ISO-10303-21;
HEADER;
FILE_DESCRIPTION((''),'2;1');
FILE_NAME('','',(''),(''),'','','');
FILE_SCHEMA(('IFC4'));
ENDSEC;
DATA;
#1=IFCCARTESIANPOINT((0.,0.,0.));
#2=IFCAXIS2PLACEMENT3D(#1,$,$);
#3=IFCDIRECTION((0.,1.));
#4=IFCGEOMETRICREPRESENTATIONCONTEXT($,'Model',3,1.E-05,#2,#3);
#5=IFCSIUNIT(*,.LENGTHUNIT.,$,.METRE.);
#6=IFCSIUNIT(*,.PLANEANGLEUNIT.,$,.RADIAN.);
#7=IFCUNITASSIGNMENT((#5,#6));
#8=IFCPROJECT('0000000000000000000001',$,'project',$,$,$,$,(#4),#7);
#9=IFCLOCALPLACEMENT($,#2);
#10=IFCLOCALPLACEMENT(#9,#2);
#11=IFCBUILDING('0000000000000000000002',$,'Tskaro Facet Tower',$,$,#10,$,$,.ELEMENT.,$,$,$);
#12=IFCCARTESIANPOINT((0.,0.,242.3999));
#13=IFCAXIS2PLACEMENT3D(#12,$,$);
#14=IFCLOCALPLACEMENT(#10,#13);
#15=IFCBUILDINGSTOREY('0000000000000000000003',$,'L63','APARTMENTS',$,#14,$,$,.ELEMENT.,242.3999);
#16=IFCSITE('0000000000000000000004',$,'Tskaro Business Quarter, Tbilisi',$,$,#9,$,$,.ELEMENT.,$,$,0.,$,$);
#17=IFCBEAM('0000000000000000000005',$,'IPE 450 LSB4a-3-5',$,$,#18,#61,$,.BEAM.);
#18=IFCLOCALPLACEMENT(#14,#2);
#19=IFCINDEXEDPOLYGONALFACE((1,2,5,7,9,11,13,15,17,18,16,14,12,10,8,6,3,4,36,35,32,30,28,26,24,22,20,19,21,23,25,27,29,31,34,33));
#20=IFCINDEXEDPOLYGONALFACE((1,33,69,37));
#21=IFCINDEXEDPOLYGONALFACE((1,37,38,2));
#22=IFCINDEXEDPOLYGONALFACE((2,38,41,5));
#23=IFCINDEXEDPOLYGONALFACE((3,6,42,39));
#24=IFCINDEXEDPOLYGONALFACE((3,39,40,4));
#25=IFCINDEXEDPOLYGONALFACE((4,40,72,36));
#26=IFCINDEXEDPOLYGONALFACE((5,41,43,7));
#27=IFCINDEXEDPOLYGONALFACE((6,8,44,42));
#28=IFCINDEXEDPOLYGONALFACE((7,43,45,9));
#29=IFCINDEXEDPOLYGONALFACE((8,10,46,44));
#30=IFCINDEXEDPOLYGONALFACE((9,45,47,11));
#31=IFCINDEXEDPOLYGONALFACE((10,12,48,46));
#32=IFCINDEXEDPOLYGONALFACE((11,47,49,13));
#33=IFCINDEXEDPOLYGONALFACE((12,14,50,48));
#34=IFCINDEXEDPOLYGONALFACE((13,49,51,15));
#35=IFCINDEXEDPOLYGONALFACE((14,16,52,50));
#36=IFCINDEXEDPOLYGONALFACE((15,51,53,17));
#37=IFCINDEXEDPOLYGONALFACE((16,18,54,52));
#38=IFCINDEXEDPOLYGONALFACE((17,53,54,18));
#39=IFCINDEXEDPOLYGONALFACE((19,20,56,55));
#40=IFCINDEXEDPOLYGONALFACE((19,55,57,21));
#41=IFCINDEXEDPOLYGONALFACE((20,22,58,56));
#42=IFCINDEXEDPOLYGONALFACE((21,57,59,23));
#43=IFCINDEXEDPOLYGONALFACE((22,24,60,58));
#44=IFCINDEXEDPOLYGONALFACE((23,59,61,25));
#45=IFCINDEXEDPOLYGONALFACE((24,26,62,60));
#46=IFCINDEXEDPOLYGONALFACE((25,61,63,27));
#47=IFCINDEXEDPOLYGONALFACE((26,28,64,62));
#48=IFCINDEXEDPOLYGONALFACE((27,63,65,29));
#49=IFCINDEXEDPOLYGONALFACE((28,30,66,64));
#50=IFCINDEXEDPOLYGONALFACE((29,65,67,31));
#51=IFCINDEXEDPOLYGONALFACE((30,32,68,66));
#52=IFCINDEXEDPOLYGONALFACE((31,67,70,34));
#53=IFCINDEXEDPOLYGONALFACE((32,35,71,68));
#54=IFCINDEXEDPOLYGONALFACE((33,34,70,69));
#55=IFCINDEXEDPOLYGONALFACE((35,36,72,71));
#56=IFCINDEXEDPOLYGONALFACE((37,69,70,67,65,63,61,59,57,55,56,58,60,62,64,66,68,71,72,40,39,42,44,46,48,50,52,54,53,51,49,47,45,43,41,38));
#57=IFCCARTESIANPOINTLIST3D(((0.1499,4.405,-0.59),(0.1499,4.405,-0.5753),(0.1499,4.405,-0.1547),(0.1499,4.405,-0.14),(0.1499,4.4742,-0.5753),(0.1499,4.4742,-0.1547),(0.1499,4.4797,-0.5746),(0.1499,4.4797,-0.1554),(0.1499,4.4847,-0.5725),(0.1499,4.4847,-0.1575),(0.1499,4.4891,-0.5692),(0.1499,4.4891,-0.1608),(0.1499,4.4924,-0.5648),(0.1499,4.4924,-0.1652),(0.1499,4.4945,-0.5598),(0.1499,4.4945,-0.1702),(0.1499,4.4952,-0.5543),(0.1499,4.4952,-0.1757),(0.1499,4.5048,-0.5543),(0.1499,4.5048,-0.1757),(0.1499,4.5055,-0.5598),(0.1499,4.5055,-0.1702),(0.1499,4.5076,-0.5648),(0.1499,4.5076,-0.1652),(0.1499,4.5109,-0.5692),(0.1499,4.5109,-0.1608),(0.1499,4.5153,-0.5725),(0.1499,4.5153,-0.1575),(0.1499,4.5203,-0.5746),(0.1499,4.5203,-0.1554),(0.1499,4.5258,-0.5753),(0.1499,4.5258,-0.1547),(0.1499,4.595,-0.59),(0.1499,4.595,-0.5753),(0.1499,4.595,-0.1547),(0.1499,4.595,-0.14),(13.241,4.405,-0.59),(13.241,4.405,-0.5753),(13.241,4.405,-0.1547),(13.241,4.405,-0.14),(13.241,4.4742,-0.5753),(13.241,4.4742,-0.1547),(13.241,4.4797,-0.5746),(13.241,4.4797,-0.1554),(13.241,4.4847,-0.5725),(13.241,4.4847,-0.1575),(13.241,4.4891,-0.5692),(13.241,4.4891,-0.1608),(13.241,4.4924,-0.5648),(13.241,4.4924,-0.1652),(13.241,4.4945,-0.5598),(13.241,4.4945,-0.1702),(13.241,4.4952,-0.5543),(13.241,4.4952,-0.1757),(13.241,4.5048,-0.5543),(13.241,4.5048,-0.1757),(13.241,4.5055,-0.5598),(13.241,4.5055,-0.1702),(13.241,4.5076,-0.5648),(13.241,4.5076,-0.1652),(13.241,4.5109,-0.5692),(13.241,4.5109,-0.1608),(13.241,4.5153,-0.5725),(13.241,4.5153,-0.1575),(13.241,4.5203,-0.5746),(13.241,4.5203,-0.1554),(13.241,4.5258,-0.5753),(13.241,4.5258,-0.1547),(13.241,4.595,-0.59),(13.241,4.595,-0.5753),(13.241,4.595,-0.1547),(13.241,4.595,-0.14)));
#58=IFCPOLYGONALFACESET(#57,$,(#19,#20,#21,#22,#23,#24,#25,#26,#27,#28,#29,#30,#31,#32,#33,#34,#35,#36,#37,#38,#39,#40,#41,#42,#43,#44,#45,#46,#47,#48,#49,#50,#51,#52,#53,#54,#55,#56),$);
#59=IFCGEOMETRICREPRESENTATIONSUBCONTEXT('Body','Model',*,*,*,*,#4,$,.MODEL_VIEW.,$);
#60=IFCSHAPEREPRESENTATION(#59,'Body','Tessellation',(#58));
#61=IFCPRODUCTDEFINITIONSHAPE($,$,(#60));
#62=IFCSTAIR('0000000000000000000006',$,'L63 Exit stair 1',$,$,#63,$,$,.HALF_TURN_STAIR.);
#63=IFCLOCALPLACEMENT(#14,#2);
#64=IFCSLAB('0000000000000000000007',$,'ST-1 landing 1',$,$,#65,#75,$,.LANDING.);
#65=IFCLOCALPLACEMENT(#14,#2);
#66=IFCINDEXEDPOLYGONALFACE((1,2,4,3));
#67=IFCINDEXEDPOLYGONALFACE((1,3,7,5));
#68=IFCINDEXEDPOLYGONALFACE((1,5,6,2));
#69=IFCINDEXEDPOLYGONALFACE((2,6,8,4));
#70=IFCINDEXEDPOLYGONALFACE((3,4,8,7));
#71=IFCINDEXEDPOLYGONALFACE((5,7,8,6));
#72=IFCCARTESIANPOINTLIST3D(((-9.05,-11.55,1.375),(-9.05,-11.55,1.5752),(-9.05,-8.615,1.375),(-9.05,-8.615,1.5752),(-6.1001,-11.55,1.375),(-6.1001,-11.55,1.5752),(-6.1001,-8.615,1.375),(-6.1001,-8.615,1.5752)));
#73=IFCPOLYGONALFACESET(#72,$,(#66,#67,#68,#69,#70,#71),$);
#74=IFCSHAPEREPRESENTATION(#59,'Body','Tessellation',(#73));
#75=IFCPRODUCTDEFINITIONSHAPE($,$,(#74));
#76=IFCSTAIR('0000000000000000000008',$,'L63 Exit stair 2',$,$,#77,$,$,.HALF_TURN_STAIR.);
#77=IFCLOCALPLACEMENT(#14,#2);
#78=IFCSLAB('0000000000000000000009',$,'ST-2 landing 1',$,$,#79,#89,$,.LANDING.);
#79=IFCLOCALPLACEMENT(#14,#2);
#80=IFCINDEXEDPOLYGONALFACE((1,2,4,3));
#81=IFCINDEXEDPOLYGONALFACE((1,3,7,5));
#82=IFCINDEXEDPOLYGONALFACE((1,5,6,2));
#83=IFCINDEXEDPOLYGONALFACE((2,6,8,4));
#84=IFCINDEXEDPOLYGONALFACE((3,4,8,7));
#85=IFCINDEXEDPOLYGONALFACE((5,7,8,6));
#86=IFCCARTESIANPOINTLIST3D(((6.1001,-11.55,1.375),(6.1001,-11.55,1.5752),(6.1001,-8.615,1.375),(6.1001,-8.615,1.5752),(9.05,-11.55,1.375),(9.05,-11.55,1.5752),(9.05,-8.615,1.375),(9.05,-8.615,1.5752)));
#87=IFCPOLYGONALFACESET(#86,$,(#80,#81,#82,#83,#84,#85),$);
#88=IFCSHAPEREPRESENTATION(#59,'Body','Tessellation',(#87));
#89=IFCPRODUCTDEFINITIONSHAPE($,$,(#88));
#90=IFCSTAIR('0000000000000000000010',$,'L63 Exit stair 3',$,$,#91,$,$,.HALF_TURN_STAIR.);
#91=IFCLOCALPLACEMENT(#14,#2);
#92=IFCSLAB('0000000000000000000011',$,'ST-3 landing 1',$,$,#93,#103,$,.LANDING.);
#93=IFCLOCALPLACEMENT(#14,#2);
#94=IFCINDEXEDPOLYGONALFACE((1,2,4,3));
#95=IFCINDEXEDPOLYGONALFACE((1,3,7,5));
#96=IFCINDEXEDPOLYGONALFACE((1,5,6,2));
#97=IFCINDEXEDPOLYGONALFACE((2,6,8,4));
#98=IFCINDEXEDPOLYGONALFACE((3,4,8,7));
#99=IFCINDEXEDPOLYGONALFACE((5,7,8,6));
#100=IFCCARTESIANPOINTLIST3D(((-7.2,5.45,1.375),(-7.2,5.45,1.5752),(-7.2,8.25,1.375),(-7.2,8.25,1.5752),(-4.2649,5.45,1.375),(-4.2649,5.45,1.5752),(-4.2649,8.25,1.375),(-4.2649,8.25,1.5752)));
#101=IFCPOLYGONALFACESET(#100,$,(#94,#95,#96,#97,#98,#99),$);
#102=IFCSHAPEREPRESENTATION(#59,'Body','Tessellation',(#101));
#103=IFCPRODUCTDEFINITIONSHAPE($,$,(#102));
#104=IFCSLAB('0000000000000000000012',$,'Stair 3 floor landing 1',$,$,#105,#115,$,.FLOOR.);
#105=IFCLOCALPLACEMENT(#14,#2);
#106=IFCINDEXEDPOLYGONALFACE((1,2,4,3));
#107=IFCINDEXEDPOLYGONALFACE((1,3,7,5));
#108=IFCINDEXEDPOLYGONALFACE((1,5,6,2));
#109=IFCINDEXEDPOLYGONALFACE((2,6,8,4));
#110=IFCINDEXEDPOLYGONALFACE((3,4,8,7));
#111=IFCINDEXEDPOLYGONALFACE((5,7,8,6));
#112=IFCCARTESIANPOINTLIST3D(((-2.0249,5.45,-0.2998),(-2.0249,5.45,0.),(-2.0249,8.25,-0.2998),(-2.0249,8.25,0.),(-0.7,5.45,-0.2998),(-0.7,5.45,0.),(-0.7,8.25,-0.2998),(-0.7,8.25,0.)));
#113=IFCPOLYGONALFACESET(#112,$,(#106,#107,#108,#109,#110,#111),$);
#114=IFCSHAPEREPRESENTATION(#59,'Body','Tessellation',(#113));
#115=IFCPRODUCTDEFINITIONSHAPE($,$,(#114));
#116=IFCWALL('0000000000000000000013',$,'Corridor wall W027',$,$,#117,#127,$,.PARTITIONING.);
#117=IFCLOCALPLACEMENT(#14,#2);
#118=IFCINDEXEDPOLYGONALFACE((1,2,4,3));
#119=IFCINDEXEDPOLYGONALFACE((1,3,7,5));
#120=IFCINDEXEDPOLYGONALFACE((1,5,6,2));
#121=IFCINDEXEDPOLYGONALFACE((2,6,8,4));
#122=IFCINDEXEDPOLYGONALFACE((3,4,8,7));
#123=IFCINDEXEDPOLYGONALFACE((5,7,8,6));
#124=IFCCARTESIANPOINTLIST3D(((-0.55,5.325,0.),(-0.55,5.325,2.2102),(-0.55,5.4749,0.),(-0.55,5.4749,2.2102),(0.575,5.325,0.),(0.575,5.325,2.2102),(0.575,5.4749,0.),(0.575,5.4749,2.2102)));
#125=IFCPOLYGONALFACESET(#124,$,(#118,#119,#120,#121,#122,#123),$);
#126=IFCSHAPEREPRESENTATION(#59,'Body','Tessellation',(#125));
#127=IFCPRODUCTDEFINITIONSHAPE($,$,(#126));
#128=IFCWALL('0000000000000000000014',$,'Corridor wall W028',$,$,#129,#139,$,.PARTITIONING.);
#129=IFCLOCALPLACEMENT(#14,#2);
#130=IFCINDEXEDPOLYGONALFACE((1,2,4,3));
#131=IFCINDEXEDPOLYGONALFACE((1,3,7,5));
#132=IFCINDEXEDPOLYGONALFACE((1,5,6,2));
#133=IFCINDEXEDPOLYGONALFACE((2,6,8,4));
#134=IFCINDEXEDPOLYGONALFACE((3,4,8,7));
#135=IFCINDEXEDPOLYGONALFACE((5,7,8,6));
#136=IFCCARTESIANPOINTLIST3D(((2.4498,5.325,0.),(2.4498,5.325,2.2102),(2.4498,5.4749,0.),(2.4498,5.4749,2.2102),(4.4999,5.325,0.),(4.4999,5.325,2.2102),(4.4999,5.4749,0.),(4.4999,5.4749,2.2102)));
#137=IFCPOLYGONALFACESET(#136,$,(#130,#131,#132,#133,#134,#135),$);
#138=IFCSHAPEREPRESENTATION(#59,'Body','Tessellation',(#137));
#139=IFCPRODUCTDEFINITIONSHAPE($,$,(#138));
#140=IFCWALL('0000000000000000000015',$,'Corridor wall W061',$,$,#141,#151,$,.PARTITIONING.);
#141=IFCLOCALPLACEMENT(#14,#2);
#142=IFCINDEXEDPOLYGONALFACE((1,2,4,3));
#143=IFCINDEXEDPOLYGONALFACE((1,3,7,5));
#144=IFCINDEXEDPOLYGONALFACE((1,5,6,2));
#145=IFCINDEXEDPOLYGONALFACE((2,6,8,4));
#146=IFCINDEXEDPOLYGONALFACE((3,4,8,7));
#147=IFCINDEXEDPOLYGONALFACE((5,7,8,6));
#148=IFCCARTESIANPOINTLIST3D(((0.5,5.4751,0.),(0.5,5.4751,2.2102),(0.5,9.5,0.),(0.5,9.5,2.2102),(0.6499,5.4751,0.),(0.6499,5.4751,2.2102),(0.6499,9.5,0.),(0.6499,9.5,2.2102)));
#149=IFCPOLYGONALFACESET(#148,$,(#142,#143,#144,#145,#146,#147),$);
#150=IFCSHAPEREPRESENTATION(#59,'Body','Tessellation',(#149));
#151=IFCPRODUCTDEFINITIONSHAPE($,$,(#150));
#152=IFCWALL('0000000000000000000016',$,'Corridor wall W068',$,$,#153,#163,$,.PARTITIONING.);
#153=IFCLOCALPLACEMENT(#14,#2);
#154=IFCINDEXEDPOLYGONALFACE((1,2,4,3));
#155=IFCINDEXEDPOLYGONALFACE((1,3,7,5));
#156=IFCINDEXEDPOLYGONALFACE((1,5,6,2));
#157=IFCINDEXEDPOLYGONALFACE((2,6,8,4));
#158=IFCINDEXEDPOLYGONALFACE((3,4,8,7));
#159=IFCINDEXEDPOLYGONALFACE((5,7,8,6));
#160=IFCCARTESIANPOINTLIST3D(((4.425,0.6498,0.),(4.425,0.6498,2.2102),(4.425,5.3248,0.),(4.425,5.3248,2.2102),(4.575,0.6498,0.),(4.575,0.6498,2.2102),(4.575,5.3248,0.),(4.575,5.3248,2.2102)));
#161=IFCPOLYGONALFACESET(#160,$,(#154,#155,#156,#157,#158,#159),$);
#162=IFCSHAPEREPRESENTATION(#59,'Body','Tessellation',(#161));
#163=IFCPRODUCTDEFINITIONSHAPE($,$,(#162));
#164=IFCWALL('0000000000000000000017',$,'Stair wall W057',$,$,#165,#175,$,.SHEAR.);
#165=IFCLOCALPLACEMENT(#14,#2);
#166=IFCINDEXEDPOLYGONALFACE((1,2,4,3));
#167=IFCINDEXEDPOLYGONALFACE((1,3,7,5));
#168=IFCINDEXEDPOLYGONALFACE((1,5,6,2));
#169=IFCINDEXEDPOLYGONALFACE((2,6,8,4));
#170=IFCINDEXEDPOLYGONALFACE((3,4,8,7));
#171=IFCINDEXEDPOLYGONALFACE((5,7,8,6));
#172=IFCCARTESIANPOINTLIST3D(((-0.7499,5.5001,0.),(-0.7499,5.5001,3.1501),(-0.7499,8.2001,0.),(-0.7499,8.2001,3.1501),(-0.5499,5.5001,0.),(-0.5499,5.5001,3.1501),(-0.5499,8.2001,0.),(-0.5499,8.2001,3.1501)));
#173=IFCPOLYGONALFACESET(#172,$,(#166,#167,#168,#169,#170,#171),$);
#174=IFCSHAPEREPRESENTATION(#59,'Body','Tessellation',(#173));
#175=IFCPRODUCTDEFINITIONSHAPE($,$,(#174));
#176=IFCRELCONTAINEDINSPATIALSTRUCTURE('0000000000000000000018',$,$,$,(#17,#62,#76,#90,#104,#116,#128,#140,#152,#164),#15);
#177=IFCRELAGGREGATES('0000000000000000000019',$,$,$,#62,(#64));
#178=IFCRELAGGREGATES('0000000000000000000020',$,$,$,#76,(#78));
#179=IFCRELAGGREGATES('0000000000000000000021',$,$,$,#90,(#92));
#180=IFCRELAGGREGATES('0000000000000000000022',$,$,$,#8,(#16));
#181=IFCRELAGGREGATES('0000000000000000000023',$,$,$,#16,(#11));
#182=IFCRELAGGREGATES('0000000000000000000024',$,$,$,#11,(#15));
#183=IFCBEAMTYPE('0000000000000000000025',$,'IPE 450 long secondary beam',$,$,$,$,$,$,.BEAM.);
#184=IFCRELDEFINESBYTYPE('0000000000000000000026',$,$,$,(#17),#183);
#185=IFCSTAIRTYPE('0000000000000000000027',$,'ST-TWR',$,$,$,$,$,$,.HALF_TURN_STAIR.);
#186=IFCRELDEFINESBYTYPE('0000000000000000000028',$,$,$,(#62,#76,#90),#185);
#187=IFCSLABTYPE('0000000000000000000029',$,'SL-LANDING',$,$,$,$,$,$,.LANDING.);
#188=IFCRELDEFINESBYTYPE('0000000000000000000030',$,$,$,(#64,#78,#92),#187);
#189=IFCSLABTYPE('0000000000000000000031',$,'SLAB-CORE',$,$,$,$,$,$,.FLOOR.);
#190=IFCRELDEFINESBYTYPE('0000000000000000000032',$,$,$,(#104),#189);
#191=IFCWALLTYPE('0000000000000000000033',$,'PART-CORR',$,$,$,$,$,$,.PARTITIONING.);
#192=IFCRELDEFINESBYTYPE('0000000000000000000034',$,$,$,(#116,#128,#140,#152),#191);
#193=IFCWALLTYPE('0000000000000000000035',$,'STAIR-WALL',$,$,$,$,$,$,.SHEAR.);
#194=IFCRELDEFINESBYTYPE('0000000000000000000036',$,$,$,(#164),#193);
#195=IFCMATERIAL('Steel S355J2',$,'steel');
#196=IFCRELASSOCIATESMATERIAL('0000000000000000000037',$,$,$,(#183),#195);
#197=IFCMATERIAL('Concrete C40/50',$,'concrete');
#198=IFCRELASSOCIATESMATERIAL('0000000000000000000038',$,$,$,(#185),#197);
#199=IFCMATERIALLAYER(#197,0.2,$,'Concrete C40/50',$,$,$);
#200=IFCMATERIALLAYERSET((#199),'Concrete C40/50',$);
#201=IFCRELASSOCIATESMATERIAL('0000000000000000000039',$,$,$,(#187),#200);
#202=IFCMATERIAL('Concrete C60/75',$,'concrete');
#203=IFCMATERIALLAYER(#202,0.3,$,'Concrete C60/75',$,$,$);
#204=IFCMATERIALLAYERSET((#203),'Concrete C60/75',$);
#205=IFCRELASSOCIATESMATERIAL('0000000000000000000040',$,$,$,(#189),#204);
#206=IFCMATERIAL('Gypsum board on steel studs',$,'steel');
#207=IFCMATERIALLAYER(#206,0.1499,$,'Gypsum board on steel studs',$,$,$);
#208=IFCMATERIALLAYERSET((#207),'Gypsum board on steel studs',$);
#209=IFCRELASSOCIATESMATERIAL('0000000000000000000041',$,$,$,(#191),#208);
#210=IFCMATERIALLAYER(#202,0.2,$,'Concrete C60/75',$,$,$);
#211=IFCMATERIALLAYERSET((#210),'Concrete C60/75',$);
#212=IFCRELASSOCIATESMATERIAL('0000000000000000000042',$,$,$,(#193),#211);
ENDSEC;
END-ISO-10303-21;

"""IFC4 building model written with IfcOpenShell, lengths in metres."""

from ifc_helpers import new_model, si_unit, direction, frame, frame_2d, origin, origin_2d, place, context, subcontext, project, spatial, polyline, rectangle, i_section, outline, extrude, material, layer, layer_set, material_profile, profile_set, type_object, element, aggregate, save


model = new_model("IFC4")

# Units and contexts
model_context = context("Model", 3, precision=1e-05, world=origin(), true_north=direction((0.0, 1.0)))
body_context = subcontext(model_context, "Body", "Model", "MODEL_VIEW")
ifc_project = project(units=[si_unit("LENGTHUNIT", "METRE"), si_unit("PLANEANGLEUNIT", "RADIAN")], contexts=[model_context])

# Site, building, storey
site_placement = place(None, origin())
site = spatial("IfcSite", under=ifc_project, at=site_placement, Name="Tskaro Business Quarter, Tbilisi", CompositionType="ELEMENT", RefElevation=0.0)
building_placement = place(site_placement, origin())
building = spatial("IfcBuilding", under=site, at=building_placement, Name="Tskaro Facet Tower", CompositionType="ELEMENT")
storey_placement = place(building_placement, frame((0.0, 0.0, 242.3999)))
storey = spatial("IfcBuildingStorey", under=building, at=storey_placement, Name="L63", Description="APARTMENTS", CompositionType="ELEMENT", Elevation=242.3999)

# Beam
ifc_material_1 = material(Name="Steel S355J2", Category="steel")
ifc_material_profile_1 = material_profile(ifc_material_1, i_section(OverallWidth=0.1899, OverallDepth=0.45, WebThickness=0.0095, FlangeThickness=0.0146, FilletRadius=0.021, at=origin_2d()), Name="IPE 450")
ifc_profile_set_1 = profile_set([ifc_material_profile_1], Name="Steel S355J2")
beam_type_1 = type_object("IfcBeamType", Name="IPE 450 long secondary beam", PredefinedType="BEAM", material=ifc_profile_set_1)
beam_1_placement = place(storey_placement, frame((0.1499, 4.5, -0.365), z_axis=(1.0, 0.0, 0.0), x_axis=(0.0, 1.0, 0.0)))
element("IfcBeam", 1, at=beam_1_placement, inside=storey, type_object=beam_type_1, Name="IPE 450 LSB4a-3-5", PredefinedType="BEAM", context=body_context, shape_type="SweptSolid", body=[
    extrude(i_section(OverallWidth=0.1899, OverallDepth=0.45, WebThickness=0.0095, FlangeThickness=0.0146, FilletRadius=0.021, at=origin_2d()), origin(), (0.0, 0.0, 1.0), 13.0911),
])

# Stairs, slabs
ifc_material_2 = material(Name="Concrete C40/50", Category="concrete")
stair_type = type_object("IfcStairType", Name="ST-TWR", PredefinedType="HALF_TURN_STAIR", material=ifc_material_2)
stair_1_placement = place(storey_placement, origin())
stair_1 = element("IfcStair", 2, at=stair_1_placement, inside=storey, type_object=stair_type, Name="L63 Exit stair 1", PredefinedType="HALF_TURN_STAIR")
ifc_layer_1 = layer(ifc_material_2, 0.2, Name="Concrete C40/50")
ifc_layer_set_1 = layer_set([ifc_layer_1], Name="Concrete C40/50")
slab_type_1 = type_object("IfcSlabType", Name="SL-LANDING", PredefinedType="LANDING", material=ifc_layer_set_1)
slab_1_placement = place(storey_placement, frame((0.0, 0.0, 1.375)))
slab_1 = element("IfcSlab", 3, at=slab_1_placement, type_object=slab_type_1, Name="ST-1 landing 1", PredefinedType="LANDING", context=body_context, shape_type="SweptSolid", body=[
    extrude(outline(polyline([(-9.05, -11.55), (-6.1001, -11.55), (-6.1001, -8.615), (-9.05, -8.615), (-9.05, -11.55)])), origin(), (0.0, 0.0, 1.0), 0.2002),
])
aggregate(stair_1, [slab_1])
stair_2_placement = place(storey_placement, origin())
stair_2 = element("IfcStair", 4, at=stair_2_placement, inside=storey, type_object=stair_type, Name="L63 Exit stair 2", PredefinedType="HALF_TURN_STAIR")
slab_2_placement = place(storey_placement, frame((0.0, 0.0, 1.375)))
slab_2 = element("IfcSlab", 5, at=slab_2_placement, type_object=slab_type_1, Name="ST-2 landing 1", PredefinedType="LANDING", context=body_context, shape_type="SweptSolid", body=[
    extrude(outline(polyline([(6.1001, -11.55), (9.05, -11.55), (9.05, -8.615), (6.1001, -8.615), (6.1001, -11.55)])), origin(), (0.0, 0.0, 1.0), 0.2002),
])
aggregate(stair_2, [slab_2])
stair_3_placement = place(storey_placement, origin())
stair_3 = element("IfcStair", 6, at=stair_3_placement, inside=storey, type_object=stair_type, Name="L63 Exit stair 3", PredefinedType="HALF_TURN_STAIR")
slab_3_placement = place(storey_placement, frame((0.0, 0.0, 1.375)))
slab_3 = element("IfcSlab", 7, at=slab_3_placement, type_object=slab_type_1, Name="ST-3 landing 1", PredefinedType="LANDING", context=body_context, shape_type="SweptSolid", body=[
    extrude(outline(polyline([(-7.2, 5.45), (-4.2649, 5.45), (-4.2649, 8.25), (-7.2, 8.25), (-7.2, 5.45)])), origin(), (0.0, 0.0, 1.0), 0.2002),
])

# Slab
ifc_material_3 = material(Name="Concrete C60/75", Category="concrete")
ifc_layer_2 = layer(ifc_material_3, 0.3, Name="Concrete C60/75")
ifc_layer_set_2 = layer_set([ifc_layer_2], Name="Concrete C60/75")
slab_type_2 = type_object("IfcSlabType", Name="SLAB-CORE", PredefinedType="FLOOR", material=ifc_layer_set_2)
slab_4_placement = place(storey_placement, frame((0.0, 0.0, -0.2998)))
element("IfcSlab", 8, at=slab_4_placement, inside=storey, type_object=slab_type_2, Name="Stair 3 floor landing 1", PredefinedType="FLOOR", context=body_context, shape_type="SweptSolid", body=[
    extrude(outline(polyline([(-2.0249, 5.45), (-0.7, 5.45), (-0.7, 8.25), (-2.0249, 8.25), (-2.0249, 5.45)])), origin(), (0.0, 0.0, 1.0), 0.2998),
])

# Walls
ifc_material_4 = material(Name="Gypsum board on steel studs", Category="steel")
ifc_layer_3 = layer(ifc_material_4, 0.1499, Name="Gypsum board on steel studs")
ifc_layer_set_3 = layer_set([ifc_layer_3], Name="Gypsum board on steel studs")
wall_type_1 = type_object("IfcWallType", Name="PART-CORR", PredefinedType="PARTITIONING", material=ifc_layer_set_3)
wall_1_placement = place(storey_placement, frame((-0.55, 5.3999, 0.0), z_axis=(0.0, 0.0, 1.0), x_axis=(1.0, 0.0, 0.0)))
element("IfcWall", 9, at=wall_1_placement, inside=storey, type_object=wall_type_1, Name="Corridor wall W027", PredefinedType="PARTITIONING", context=body_context, shape_type="SweptSolid", body=[
    extrude(rectangle(XDim=1.125, YDim=0.1499, at=frame_2d((0.5625, 0.0))), origin(), (0.0, 0.0, 1.0), 2.2102),
])
wall_2_placement = place(storey_placement, frame((2.45, 5.3999, 0.0), z_axis=(0.0, 0.0, 1.0), x_axis=(1.0, 0.0, 0.0)))
element("IfcWall", 10, at=wall_2_placement, inside=storey, type_object=wall_type_1, Name="Corridor wall W028", PredefinedType="PARTITIONING", context=body_context, shape_type="SweptSolid", body=[
    extrude(rectangle(XDim=2.05, YDim=0.1499, at=frame_2d((1.0249, 0.0))), origin(), (0.0, 0.0, 1.0), 2.2102),
])
wall_3_placement = place(storey_placement, frame((0.575, 5.4751, 0.0), z_axis=(0.0, 0.0, 1.0), x_axis=(0.0, 1.0, 0.0)))
element("IfcWall", 11, at=wall_3_placement, inside=storey, type_object=wall_type_1, Name="Corridor wall W061", PredefinedType="PARTITIONING", context=body_context, shape_type="SweptSolid", body=[
    extrude(rectangle(XDim=4.0249, YDim=0.1499, at=frame_2d((2.0125, 0.0))), origin(), (0.0, 0.0, 1.0), 2.2102),
])
wall_4_placement = place(storey_placement, frame((4.5, 0.6499, 0.0), z_axis=(0.0, 0.0, 1.0), x_axis=(0.0, 1.0, 0.0)))
element("IfcWall", 12, at=wall_4_placement, inside=storey, type_object=wall_type_1, Name="Corridor wall W068", PredefinedType="PARTITIONING", context=body_context, shape_type="SweptSolid", body=[
    extrude(rectangle(XDim=4.675, YDim=0.1499, at=frame_2d((2.3374, 0.0))), origin(), (0.0, 0.0, 1.0), 2.2102),
])
ifc_layer_4 = layer(ifc_material_3, 0.2, Name="Concrete C60/75")
ifc_layer_set_4 = layer_set([ifc_layer_4], Name="Concrete C60/75")
wall_type_2 = type_object("IfcWallType", Name="STAIR-WALL", PredefinedType="SHEAR", material=ifc_layer_set_4)
wall_5_placement = place(storey_placement, frame((-0.6499, 5.5, 0.0), z_axis=(0.0, 0.0, 1.0), x_axis=(0.0, 1.0, 0.0)))
element("IfcWall", 13, at=wall_5_placement, inside=storey, type_object=wall_type_2, Name="Stair wall W057", PredefinedType="SHEAR", context=body_context, shape_type="SweptSolid", body=[
    extrude(rectangle(XDim=2.7, YDim=0.2, at=frame_2d((1.3501, 0.0))), origin(), (0.0, 0.0, 1.0), 3.1501),
])

aggregate(stair_3, [slab_3])

save(model, "model.ifc")
